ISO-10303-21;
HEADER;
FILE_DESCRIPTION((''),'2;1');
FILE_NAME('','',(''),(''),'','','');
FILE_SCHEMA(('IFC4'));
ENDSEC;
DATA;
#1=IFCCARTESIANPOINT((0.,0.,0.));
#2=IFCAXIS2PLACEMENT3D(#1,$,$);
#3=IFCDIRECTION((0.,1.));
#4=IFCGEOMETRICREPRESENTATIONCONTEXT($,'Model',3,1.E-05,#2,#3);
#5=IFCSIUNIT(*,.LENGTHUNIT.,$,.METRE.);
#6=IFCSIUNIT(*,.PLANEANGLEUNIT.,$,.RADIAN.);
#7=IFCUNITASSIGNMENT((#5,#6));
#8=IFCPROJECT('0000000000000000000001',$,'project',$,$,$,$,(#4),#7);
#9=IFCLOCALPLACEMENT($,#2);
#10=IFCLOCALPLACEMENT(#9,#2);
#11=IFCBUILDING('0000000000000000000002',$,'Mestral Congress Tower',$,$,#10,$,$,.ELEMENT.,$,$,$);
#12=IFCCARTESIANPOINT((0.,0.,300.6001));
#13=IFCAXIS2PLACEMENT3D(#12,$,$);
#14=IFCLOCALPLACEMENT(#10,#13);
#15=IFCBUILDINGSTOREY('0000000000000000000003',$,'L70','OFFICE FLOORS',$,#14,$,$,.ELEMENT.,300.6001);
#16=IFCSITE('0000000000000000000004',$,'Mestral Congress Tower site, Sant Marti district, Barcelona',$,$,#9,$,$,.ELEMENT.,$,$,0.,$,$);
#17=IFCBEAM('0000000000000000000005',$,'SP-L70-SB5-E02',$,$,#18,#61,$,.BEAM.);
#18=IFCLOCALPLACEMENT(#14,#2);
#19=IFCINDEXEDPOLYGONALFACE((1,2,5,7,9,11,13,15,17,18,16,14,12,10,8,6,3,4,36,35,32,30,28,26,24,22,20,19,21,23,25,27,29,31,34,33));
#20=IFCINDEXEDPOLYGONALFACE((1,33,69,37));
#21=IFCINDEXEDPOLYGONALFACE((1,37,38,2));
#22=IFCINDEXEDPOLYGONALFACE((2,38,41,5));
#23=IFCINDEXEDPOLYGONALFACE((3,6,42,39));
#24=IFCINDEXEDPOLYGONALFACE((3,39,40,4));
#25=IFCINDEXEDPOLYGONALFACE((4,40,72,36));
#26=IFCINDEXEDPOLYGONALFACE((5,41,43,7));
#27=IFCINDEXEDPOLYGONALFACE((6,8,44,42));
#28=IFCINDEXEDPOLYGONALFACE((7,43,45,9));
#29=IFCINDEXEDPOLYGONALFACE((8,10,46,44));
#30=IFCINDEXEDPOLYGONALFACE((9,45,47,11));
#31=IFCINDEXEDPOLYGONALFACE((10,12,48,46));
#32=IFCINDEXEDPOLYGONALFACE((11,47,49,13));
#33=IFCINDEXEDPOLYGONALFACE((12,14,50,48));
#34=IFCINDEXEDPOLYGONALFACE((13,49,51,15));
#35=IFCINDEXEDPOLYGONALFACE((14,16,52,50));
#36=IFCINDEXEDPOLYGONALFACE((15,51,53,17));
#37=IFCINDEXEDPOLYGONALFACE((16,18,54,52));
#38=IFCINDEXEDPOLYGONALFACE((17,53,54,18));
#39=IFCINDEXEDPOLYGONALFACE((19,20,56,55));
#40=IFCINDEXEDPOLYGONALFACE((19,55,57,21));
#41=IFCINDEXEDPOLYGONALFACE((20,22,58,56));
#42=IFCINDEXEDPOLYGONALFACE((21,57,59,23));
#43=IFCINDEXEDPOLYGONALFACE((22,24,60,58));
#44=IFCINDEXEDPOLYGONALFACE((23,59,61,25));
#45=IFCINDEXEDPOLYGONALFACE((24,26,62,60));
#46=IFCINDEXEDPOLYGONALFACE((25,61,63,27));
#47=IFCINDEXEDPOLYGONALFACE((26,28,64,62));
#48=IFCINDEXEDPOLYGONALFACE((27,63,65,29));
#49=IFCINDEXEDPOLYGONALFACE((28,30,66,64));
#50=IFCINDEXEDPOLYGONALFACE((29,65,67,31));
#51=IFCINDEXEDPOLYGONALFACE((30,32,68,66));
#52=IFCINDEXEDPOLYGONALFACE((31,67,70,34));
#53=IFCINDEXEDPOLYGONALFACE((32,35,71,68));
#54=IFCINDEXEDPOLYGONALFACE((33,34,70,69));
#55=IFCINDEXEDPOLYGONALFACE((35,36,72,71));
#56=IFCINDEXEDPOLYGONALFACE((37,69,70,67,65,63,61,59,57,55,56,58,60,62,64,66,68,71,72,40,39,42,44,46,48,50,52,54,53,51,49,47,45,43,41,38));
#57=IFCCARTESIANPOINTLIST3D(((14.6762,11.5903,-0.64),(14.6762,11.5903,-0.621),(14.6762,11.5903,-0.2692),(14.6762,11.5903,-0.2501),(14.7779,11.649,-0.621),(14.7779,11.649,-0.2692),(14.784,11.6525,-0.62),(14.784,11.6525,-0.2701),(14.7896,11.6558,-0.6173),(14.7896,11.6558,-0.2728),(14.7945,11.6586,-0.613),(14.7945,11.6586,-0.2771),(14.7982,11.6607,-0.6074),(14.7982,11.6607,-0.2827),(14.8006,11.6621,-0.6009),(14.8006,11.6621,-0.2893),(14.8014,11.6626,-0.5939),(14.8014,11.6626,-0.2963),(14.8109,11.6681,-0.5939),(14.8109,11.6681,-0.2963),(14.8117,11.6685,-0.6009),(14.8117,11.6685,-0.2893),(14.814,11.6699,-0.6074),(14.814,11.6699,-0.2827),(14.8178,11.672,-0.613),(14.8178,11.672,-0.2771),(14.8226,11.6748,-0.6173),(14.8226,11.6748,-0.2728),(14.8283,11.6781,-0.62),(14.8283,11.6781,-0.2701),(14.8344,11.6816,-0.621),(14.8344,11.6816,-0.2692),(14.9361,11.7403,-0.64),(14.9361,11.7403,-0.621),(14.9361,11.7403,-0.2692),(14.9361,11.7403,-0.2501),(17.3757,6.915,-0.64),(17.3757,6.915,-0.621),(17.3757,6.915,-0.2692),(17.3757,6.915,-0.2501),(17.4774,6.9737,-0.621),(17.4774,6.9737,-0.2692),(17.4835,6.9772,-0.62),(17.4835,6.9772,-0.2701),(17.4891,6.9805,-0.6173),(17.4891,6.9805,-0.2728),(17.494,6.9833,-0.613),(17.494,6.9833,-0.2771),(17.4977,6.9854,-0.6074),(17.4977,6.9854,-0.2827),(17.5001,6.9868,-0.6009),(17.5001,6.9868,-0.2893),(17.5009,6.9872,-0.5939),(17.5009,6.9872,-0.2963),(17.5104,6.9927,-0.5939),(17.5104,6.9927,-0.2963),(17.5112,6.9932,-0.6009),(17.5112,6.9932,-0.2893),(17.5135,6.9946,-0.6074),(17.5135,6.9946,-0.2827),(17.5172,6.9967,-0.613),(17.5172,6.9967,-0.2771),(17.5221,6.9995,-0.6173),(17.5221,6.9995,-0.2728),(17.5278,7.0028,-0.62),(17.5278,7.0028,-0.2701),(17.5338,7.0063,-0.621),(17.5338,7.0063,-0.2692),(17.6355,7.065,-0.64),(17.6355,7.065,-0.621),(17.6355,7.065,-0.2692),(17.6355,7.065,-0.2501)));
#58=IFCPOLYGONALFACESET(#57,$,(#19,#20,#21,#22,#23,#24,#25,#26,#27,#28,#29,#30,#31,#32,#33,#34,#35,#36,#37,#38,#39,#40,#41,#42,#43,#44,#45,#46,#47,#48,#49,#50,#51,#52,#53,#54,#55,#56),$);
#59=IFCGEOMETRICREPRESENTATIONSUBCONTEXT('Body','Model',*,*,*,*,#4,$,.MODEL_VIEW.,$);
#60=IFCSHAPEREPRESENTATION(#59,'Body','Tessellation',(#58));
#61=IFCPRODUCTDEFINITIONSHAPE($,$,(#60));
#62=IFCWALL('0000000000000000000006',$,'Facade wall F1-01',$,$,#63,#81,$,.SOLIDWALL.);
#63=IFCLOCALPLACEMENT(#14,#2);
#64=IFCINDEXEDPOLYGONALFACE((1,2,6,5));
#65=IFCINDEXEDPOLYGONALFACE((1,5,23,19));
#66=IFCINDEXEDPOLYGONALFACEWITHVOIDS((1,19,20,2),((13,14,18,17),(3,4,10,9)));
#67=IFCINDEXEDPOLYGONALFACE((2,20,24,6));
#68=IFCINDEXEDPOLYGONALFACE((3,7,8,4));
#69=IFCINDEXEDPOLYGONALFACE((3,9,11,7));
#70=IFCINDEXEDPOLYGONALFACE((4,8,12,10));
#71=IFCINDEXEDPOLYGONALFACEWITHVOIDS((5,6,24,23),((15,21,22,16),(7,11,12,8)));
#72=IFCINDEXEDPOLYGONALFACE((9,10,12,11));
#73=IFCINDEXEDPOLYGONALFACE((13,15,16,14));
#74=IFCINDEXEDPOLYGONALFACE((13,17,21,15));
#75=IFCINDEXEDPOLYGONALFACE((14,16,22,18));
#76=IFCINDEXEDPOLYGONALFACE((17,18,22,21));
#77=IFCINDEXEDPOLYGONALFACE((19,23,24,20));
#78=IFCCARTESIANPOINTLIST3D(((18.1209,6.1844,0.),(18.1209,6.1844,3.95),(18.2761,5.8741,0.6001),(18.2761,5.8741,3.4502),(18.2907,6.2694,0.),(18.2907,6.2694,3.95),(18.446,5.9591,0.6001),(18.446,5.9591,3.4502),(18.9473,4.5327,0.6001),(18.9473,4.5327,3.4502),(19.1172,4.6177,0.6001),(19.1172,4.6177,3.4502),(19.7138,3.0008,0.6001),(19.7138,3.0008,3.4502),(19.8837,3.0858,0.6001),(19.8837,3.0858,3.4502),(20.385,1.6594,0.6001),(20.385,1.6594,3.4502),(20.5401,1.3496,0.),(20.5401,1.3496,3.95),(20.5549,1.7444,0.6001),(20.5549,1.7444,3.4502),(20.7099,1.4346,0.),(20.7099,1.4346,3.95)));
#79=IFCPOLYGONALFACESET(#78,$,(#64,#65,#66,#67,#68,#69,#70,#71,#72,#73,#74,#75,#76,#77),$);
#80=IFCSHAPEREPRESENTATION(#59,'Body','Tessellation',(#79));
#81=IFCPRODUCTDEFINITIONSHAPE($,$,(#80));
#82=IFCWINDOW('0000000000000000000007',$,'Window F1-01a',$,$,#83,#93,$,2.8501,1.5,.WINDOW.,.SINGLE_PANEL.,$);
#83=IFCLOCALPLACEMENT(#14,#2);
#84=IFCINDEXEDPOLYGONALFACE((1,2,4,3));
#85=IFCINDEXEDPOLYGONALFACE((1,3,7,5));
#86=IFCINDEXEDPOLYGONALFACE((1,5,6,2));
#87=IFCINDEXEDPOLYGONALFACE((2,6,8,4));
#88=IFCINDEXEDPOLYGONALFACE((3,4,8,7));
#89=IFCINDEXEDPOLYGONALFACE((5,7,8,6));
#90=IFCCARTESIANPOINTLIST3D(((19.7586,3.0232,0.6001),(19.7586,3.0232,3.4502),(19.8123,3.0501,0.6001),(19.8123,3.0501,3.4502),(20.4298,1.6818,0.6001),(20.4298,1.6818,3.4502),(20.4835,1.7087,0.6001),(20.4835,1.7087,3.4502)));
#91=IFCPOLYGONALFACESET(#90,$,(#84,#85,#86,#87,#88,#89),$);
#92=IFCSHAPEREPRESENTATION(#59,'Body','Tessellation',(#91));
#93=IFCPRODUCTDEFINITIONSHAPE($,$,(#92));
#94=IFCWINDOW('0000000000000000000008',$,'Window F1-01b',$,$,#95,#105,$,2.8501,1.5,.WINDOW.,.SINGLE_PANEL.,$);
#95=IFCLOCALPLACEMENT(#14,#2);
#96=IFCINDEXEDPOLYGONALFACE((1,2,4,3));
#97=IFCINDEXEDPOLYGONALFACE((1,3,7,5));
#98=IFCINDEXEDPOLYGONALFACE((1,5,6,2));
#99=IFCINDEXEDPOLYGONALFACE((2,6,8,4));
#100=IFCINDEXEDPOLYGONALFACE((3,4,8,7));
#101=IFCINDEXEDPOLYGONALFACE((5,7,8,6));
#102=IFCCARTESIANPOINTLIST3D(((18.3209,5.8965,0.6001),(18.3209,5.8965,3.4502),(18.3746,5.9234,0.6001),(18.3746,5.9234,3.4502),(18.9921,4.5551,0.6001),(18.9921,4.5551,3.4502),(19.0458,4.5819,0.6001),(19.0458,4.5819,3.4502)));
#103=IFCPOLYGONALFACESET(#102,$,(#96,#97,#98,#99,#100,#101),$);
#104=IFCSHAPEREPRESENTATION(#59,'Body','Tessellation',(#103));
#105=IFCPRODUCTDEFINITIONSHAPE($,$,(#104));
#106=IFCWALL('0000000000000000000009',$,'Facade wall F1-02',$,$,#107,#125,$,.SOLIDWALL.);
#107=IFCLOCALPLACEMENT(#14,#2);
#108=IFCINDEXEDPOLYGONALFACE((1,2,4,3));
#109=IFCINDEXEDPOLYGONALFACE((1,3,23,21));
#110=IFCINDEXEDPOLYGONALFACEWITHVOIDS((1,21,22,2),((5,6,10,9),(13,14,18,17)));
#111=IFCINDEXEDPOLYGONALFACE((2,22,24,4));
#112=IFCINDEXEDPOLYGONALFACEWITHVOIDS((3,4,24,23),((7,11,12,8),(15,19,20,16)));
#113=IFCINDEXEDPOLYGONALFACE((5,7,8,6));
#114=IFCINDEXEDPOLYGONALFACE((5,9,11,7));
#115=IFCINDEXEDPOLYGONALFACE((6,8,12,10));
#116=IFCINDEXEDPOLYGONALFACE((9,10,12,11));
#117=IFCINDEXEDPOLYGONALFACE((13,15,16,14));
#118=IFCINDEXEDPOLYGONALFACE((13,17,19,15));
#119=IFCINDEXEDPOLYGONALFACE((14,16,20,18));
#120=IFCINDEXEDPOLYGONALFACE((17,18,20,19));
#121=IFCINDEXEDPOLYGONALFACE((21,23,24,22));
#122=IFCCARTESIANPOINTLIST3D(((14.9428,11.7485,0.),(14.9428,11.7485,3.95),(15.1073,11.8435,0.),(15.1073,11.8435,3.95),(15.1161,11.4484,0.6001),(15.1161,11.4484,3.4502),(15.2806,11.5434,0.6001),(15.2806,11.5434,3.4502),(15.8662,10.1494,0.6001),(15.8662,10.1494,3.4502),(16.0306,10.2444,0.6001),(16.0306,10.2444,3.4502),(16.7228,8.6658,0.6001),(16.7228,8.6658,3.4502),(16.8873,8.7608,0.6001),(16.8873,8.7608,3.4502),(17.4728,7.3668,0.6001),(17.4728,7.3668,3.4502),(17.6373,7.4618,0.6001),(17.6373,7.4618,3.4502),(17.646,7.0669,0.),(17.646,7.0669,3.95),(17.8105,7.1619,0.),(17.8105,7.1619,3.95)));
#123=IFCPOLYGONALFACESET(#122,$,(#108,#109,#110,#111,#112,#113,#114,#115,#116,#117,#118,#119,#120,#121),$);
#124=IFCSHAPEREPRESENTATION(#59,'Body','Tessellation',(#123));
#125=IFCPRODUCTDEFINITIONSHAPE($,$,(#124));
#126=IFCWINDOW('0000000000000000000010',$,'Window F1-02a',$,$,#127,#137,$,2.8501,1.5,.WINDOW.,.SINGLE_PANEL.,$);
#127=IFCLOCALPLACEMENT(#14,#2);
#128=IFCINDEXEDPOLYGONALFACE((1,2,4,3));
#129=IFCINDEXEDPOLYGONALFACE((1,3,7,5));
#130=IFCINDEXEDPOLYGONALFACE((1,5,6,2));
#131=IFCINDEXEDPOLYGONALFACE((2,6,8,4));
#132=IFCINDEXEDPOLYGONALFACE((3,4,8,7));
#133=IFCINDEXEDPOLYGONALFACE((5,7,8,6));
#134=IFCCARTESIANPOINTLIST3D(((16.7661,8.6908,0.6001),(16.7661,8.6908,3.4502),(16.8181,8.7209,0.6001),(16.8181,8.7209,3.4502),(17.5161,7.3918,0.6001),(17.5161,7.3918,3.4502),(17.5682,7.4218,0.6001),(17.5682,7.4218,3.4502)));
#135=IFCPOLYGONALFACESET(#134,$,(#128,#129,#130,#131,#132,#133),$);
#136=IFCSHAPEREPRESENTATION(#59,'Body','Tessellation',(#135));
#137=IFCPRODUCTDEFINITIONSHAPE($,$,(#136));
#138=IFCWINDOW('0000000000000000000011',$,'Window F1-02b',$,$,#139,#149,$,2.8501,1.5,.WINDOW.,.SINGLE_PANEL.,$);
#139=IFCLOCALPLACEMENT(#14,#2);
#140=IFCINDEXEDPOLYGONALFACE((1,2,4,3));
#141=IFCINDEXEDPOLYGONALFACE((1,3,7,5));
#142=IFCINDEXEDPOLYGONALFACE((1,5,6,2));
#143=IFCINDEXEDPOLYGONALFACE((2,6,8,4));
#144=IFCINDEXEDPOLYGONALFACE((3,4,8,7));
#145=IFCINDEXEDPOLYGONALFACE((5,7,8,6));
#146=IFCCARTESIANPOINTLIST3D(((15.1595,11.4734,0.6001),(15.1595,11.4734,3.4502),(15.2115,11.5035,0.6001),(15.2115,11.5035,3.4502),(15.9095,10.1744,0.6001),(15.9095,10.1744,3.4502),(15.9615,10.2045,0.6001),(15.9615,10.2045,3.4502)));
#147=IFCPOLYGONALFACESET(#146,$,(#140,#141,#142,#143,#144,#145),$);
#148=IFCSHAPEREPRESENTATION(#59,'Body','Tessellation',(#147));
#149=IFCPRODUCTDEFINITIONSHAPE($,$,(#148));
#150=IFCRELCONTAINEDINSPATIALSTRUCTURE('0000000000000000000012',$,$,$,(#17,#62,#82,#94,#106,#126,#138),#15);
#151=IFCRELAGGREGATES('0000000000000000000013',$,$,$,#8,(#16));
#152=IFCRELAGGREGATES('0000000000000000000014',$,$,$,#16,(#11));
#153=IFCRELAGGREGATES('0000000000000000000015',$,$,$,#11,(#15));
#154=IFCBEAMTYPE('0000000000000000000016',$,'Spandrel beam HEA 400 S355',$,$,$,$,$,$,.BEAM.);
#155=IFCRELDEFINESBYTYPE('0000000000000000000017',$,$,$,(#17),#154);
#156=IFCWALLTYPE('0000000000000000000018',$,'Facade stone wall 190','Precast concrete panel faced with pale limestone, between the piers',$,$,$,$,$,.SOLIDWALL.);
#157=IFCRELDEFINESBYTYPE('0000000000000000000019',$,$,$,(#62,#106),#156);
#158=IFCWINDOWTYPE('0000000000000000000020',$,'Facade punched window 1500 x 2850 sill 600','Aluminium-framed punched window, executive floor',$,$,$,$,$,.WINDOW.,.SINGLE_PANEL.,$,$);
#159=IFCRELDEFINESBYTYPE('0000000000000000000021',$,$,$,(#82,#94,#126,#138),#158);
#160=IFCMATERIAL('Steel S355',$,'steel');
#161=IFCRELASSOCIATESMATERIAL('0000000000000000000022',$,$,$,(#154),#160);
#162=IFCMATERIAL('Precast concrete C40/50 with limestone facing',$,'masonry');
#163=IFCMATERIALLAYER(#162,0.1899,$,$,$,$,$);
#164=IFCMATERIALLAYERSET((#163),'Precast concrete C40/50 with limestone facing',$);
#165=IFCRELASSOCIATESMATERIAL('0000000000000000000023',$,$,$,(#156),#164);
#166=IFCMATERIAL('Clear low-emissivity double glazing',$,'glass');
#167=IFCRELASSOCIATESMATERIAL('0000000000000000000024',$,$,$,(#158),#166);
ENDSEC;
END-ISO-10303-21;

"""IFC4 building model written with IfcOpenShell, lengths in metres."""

from ifc_helpers import new_model, si_unit, direction, frame, frame_2d, origin, origin_2d, place, context, subcontext, project, spatial, rectangle, i_section, extrude, material, layer, layer_set, material_profile, profile_set, type_object, element, fill, save


model = new_model("IFC4")

# Units and contexts
model_context = context("Model", 3, precision=1e-05, world=origin(), true_north=direction((0.0, 1.0)))
body_context = subcontext(model_context, "Body", "Model", "MODEL_VIEW")
ifc_project = project(units=[si_unit("LENGTHUNIT", "METRE"), si_unit("PLANEANGLEUNIT", "RADIAN")], contexts=[model_context])

# Site, building, storey
site_placement = place(None, origin())
site = spatial("IfcSite", under=ifc_project, at=site_placement, Name="Mestral Congress Tower site, Sant Marti district, Barcelona", CompositionType="ELEMENT", RefElevation=0.0)
building_placement = place(site_placement, origin())
building = spatial("IfcBuilding", under=site, at=building_placement, Name="Mestral Congress Tower", CompositionType="ELEMENT")
storey_placement = place(building_placement, frame((0.0, 0.0, 300.6001)))
storey = spatial("IfcBuildingStorey", under=building, at=storey_placement, Name="L70", Description="OFFICE FLOORS", CompositionType="ELEMENT", Elevation=300.6001)

# Beam
ifc_material_1 = material(Name="Steel S355", Category="steel")
ifc_material_profile_1 = material_profile(ifc_material_1, i_section(OverallWidth=0.3, OverallDepth=0.3899, WebThickness=0.011, FlangeThickness=0.019, FilletRadius=0.0271, at=origin_2d()), Name="HEA 400")
ifc_profile_set_1 = profile_set([ifc_material_profile_1], Name="Steel S355")
beam_type_1 = type_object("IfcBeamType", Name="Spandrel beam HEA 400 S355", PredefinedType="BEAM", material=ifc_profile_set_1)
beam_1_placement = place(storey_placement, frame((17.5056, 6.99, -0.4451), z_axis=(-0.500025, 0.866011, 0.0), x_axis=(-0.866011, -0.500025, 0.0)))
element("IfcBeam", 1, at=beam_1_placement, inside=storey, type_object=beam_type_1, Name="SP-L70-SB5-E02", PredefinedType="BEAM", context=body_context, shape_type="SweptSolid", body=[
    extrude(i_section(OverallWidth=0.3, OverallDepth=0.3899, WebThickness=0.011, FlangeThickness=0.019, FilletRadius=0.0271, at=origin_2d()), origin(), (0.0, 0.0, 1.0), 5.3987),
])

# Walls, openings, windows
ifc_material_2 = material(Name="Precast concrete C40/50 with limestone facing", Category="masonry")
ifc_layer_1 = layer(ifc_material_2, 0.1899)
ifc_layer_set_1 = layer_set([ifc_layer_1], Name="Precast concrete C40/50 with limestone facing")
wall_type_1 = type_object("IfcWallType", Name="Facade stone wall 190", Description="Precast concrete panel faced with pale limestone, between the piers", PredefinedType="SOLIDWALL", material=ifc_layer_set_1)
wall_1_placement = place(storey_placement, frame((20.625, 1.3921, 0.0), z_axis=(0.0, 0.0, 1.0), x_axis=(-0.447485, 0.894292, 0.0)))
wall_1 = element("IfcWall", 2, at=wall_1_placement, inside=storey, type_object=wall_type_1, Name="Facade wall F1-01", PredefinedType="SOLIDWALL", context=body_context, shape_type="SweptSolid", body=[
    extrude(rectangle(XDim=5.4062, YDim=0.1899, at=frame_2d((2.7031, 0.0))), origin(), (0.0, 0.0, 1.0), 3.95),
])
opening_1_placement = place(wall_1_placement, frame((0.3464, 0.0, 0.6001)))
opening_1 = element("IfcOpeningElement", 3, at=opening_1_placement, cuts=wall_1, PredefinedType="OPENING", context=body_context, shape_type="SweptSolid", body=[
    extrude(rectangle(XDim=1.5, YDim=2.8501, at=frame_2d((0.75, 1.425))), frame((0.0, 0.105, 0.0), z_axis=(0.0, -1.0, 0.0), x_axis=(1.0, 0.0, 0.0)), (0.0, 0.0, 1.0), 0.21),
])
opening_2_placement = place(wall_1_placement, frame((3.5593, 0.0, 0.6001)))
opening_2 = element("IfcOpeningElement", 4, at=opening_2_placement, cuts=wall_1, PredefinedType="OPENING", context=body_context, shape_type="SweptSolid", body=[
    extrude(rectangle(XDim=1.5, YDim=2.8501, at=frame_2d((0.75, 1.425))), frame((0.0, 0.105, 0.0), z_axis=(0.0, -1.0, 0.0), x_axis=(1.0, 0.0, 0.0)), (0.0, 0.0, 1.0), 0.21),
])
ifc_material_3 = material(Name="Clear low-emissivity double glazing", Category="glass")
window_type = type_object("IfcWindowType", Name="Facade punched window 1500 x 2850 sill 600", Description="Aluminium-framed punched window, executive floor", PartitioningType="SINGLE_PANEL", PredefinedType="WINDOW", material=ifc_material_3)
window_1_placement = place(opening_1_placement, origin())
window_1 = element("IfcWindow", 5, at=window_1_placement, inside=storey, type_object=window_type, Name="Window F1-01a", OverallHeight=2.8501, OverallWidth=1.5, PartitioningType="SINGLE_PANEL", PredefinedType="WINDOW", context=body_context, shape_type="SweptSolid", body=[
    extrude(rectangle(XDim=1.5, YDim=2.8501, at=frame_2d((0.75, 1.425))), frame((0.0, 0.0449, 0.0), z_axis=(0.0, -1.0, 0.0), x_axis=(1.0, 0.0, 0.0)), (0.0, 0.0, 1.0), 0.0601),
])
fill(opening_1, window_1)
window_2_placement = place(opening_2_placement, origin())
window_2 = element("IfcWindow", 6, at=window_2_placement, inside=storey, type_object=window_type, Name="Window F1-01b", OverallHeight=2.8501, OverallWidth=1.5, PartitioningType="SINGLE_PANEL", PredefinedType="WINDOW", context=body_context, shape_type="SweptSolid", body=[
    extrude(rectangle(XDim=1.5, YDim=2.8501, at=frame_2d((0.75, 1.425))), frame((0.0, 0.0449, 0.0), z_axis=(0.0, -1.0, 0.0), x_axis=(1.0, 0.0, 0.0)), (0.0, 0.0, 1.0), 0.0601),
])
fill(opening_2, window_2)
wall_2_placement = place(storey_placement, frame((17.7283, 7.1143, 0.0), z_axis=(0.0, 0.0, 1.0), x_axis=(-0.500025, 0.866011, 0.0)))
wall_2 = element("IfcWall", 7, at=wall_2_placement, inside=storey, type_object=wall_type_1, Name="Facade wall F1-02", PredefinedType="SOLIDWALL", context=body_context, shape_type="SweptSolid", body=[
    extrude(rectangle(XDim=5.406, YDim=0.1899, at=frame_2d((2.7031, 0.0))), origin(), (0.0, 0.0, 1.0), 3.95),
])
opening_3_placement = place(wall_2_placement, frame((0.3464, 0.0, 0.6001)))
opening_3 = element("IfcOpeningElement", 8, at=opening_3_placement, cuts=wall_2, PredefinedType="OPENING", context=body_context, shape_type="SweptSolid", body=[
    extrude(rectangle(XDim=1.5, YDim=2.8501, at=frame_2d((0.75, 1.425))), frame((0.0, 0.105, 0.0), z_axis=(0.0, -1.0, 0.0), x_axis=(1.0, 0.0, 0.0)), (0.0, 0.0, 1.0), 0.21),
])
opening_4_placement = place(wall_2_placement, frame((3.5596, 0.0, 0.6001)))
opening_4 = element("IfcOpeningElement", 9, at=opening_4_placement, cuts=wall_2, PredefinedType="OPENING", context=body_context, shape_type="SweptSolid", body=[
    extrude(rectangle(XDim=1.5, YDim=2.8501, at=frame_2d((0.75, 1.425))), frame((0.0, 0.105, 0.0), z_axis=(0.0, -1.0, 0.0), x_axis=(1.0, 0.0, 0.0)), (0.0, 0.0, 1.0), 0.21),
])
window_3_placement = place(opening_3_placement, origin())
window_3 = element("IfcWindow", 10, at=window_3_placement, inside=storey, type_object=window_type, Name="Window F1-02a", OverallHeight=2.8501, OverallWidth=1.5, PartitioningType="SINGLE_PANEL", PredefinedType="WINDOW", context=body_context, shape_type="SweptSolid", body=[
    extrude(rectangle(XDim=1.5, YDim=2.8501, at=frame_2d((0.75, 1.425))), frame((0.0, 0.0449, 0.0), z_axis=(0.0, -1.0, 0.0), x_axis=(1.0, 0.0, 0.0)), (0.0, 0.0, 1.0), 0.0601),
])
fill(opening_3, window_3)
window_4_placement = place(opening_4_placement, origin())
window_4 = element("IfcWindow", 11, at=window_4_placement, inside=storey, type_object=window_type, Name="Window F1-02b", OverallHeight=2.8501, OverallWidth=1.5, PartitioningType="SINGLE_PANEL", PredefinedType="WINDOW", context=body_context, shape_type="SweptSolid", body=[
    extrude(rectangle(XDim=1.5, YDim=2.8501, at=frame_2d((0.75, 1.425))), frame((0.0, 0.0449, 0.0), z_axis=(0.0, -1.0, 0.0), x_axis=(1.0, 0.0, 0.0)), (0.0, 0.0, 1.0), 0.0601),
])
fill(opening_4, window_4)

save(model, "model.ifc")
